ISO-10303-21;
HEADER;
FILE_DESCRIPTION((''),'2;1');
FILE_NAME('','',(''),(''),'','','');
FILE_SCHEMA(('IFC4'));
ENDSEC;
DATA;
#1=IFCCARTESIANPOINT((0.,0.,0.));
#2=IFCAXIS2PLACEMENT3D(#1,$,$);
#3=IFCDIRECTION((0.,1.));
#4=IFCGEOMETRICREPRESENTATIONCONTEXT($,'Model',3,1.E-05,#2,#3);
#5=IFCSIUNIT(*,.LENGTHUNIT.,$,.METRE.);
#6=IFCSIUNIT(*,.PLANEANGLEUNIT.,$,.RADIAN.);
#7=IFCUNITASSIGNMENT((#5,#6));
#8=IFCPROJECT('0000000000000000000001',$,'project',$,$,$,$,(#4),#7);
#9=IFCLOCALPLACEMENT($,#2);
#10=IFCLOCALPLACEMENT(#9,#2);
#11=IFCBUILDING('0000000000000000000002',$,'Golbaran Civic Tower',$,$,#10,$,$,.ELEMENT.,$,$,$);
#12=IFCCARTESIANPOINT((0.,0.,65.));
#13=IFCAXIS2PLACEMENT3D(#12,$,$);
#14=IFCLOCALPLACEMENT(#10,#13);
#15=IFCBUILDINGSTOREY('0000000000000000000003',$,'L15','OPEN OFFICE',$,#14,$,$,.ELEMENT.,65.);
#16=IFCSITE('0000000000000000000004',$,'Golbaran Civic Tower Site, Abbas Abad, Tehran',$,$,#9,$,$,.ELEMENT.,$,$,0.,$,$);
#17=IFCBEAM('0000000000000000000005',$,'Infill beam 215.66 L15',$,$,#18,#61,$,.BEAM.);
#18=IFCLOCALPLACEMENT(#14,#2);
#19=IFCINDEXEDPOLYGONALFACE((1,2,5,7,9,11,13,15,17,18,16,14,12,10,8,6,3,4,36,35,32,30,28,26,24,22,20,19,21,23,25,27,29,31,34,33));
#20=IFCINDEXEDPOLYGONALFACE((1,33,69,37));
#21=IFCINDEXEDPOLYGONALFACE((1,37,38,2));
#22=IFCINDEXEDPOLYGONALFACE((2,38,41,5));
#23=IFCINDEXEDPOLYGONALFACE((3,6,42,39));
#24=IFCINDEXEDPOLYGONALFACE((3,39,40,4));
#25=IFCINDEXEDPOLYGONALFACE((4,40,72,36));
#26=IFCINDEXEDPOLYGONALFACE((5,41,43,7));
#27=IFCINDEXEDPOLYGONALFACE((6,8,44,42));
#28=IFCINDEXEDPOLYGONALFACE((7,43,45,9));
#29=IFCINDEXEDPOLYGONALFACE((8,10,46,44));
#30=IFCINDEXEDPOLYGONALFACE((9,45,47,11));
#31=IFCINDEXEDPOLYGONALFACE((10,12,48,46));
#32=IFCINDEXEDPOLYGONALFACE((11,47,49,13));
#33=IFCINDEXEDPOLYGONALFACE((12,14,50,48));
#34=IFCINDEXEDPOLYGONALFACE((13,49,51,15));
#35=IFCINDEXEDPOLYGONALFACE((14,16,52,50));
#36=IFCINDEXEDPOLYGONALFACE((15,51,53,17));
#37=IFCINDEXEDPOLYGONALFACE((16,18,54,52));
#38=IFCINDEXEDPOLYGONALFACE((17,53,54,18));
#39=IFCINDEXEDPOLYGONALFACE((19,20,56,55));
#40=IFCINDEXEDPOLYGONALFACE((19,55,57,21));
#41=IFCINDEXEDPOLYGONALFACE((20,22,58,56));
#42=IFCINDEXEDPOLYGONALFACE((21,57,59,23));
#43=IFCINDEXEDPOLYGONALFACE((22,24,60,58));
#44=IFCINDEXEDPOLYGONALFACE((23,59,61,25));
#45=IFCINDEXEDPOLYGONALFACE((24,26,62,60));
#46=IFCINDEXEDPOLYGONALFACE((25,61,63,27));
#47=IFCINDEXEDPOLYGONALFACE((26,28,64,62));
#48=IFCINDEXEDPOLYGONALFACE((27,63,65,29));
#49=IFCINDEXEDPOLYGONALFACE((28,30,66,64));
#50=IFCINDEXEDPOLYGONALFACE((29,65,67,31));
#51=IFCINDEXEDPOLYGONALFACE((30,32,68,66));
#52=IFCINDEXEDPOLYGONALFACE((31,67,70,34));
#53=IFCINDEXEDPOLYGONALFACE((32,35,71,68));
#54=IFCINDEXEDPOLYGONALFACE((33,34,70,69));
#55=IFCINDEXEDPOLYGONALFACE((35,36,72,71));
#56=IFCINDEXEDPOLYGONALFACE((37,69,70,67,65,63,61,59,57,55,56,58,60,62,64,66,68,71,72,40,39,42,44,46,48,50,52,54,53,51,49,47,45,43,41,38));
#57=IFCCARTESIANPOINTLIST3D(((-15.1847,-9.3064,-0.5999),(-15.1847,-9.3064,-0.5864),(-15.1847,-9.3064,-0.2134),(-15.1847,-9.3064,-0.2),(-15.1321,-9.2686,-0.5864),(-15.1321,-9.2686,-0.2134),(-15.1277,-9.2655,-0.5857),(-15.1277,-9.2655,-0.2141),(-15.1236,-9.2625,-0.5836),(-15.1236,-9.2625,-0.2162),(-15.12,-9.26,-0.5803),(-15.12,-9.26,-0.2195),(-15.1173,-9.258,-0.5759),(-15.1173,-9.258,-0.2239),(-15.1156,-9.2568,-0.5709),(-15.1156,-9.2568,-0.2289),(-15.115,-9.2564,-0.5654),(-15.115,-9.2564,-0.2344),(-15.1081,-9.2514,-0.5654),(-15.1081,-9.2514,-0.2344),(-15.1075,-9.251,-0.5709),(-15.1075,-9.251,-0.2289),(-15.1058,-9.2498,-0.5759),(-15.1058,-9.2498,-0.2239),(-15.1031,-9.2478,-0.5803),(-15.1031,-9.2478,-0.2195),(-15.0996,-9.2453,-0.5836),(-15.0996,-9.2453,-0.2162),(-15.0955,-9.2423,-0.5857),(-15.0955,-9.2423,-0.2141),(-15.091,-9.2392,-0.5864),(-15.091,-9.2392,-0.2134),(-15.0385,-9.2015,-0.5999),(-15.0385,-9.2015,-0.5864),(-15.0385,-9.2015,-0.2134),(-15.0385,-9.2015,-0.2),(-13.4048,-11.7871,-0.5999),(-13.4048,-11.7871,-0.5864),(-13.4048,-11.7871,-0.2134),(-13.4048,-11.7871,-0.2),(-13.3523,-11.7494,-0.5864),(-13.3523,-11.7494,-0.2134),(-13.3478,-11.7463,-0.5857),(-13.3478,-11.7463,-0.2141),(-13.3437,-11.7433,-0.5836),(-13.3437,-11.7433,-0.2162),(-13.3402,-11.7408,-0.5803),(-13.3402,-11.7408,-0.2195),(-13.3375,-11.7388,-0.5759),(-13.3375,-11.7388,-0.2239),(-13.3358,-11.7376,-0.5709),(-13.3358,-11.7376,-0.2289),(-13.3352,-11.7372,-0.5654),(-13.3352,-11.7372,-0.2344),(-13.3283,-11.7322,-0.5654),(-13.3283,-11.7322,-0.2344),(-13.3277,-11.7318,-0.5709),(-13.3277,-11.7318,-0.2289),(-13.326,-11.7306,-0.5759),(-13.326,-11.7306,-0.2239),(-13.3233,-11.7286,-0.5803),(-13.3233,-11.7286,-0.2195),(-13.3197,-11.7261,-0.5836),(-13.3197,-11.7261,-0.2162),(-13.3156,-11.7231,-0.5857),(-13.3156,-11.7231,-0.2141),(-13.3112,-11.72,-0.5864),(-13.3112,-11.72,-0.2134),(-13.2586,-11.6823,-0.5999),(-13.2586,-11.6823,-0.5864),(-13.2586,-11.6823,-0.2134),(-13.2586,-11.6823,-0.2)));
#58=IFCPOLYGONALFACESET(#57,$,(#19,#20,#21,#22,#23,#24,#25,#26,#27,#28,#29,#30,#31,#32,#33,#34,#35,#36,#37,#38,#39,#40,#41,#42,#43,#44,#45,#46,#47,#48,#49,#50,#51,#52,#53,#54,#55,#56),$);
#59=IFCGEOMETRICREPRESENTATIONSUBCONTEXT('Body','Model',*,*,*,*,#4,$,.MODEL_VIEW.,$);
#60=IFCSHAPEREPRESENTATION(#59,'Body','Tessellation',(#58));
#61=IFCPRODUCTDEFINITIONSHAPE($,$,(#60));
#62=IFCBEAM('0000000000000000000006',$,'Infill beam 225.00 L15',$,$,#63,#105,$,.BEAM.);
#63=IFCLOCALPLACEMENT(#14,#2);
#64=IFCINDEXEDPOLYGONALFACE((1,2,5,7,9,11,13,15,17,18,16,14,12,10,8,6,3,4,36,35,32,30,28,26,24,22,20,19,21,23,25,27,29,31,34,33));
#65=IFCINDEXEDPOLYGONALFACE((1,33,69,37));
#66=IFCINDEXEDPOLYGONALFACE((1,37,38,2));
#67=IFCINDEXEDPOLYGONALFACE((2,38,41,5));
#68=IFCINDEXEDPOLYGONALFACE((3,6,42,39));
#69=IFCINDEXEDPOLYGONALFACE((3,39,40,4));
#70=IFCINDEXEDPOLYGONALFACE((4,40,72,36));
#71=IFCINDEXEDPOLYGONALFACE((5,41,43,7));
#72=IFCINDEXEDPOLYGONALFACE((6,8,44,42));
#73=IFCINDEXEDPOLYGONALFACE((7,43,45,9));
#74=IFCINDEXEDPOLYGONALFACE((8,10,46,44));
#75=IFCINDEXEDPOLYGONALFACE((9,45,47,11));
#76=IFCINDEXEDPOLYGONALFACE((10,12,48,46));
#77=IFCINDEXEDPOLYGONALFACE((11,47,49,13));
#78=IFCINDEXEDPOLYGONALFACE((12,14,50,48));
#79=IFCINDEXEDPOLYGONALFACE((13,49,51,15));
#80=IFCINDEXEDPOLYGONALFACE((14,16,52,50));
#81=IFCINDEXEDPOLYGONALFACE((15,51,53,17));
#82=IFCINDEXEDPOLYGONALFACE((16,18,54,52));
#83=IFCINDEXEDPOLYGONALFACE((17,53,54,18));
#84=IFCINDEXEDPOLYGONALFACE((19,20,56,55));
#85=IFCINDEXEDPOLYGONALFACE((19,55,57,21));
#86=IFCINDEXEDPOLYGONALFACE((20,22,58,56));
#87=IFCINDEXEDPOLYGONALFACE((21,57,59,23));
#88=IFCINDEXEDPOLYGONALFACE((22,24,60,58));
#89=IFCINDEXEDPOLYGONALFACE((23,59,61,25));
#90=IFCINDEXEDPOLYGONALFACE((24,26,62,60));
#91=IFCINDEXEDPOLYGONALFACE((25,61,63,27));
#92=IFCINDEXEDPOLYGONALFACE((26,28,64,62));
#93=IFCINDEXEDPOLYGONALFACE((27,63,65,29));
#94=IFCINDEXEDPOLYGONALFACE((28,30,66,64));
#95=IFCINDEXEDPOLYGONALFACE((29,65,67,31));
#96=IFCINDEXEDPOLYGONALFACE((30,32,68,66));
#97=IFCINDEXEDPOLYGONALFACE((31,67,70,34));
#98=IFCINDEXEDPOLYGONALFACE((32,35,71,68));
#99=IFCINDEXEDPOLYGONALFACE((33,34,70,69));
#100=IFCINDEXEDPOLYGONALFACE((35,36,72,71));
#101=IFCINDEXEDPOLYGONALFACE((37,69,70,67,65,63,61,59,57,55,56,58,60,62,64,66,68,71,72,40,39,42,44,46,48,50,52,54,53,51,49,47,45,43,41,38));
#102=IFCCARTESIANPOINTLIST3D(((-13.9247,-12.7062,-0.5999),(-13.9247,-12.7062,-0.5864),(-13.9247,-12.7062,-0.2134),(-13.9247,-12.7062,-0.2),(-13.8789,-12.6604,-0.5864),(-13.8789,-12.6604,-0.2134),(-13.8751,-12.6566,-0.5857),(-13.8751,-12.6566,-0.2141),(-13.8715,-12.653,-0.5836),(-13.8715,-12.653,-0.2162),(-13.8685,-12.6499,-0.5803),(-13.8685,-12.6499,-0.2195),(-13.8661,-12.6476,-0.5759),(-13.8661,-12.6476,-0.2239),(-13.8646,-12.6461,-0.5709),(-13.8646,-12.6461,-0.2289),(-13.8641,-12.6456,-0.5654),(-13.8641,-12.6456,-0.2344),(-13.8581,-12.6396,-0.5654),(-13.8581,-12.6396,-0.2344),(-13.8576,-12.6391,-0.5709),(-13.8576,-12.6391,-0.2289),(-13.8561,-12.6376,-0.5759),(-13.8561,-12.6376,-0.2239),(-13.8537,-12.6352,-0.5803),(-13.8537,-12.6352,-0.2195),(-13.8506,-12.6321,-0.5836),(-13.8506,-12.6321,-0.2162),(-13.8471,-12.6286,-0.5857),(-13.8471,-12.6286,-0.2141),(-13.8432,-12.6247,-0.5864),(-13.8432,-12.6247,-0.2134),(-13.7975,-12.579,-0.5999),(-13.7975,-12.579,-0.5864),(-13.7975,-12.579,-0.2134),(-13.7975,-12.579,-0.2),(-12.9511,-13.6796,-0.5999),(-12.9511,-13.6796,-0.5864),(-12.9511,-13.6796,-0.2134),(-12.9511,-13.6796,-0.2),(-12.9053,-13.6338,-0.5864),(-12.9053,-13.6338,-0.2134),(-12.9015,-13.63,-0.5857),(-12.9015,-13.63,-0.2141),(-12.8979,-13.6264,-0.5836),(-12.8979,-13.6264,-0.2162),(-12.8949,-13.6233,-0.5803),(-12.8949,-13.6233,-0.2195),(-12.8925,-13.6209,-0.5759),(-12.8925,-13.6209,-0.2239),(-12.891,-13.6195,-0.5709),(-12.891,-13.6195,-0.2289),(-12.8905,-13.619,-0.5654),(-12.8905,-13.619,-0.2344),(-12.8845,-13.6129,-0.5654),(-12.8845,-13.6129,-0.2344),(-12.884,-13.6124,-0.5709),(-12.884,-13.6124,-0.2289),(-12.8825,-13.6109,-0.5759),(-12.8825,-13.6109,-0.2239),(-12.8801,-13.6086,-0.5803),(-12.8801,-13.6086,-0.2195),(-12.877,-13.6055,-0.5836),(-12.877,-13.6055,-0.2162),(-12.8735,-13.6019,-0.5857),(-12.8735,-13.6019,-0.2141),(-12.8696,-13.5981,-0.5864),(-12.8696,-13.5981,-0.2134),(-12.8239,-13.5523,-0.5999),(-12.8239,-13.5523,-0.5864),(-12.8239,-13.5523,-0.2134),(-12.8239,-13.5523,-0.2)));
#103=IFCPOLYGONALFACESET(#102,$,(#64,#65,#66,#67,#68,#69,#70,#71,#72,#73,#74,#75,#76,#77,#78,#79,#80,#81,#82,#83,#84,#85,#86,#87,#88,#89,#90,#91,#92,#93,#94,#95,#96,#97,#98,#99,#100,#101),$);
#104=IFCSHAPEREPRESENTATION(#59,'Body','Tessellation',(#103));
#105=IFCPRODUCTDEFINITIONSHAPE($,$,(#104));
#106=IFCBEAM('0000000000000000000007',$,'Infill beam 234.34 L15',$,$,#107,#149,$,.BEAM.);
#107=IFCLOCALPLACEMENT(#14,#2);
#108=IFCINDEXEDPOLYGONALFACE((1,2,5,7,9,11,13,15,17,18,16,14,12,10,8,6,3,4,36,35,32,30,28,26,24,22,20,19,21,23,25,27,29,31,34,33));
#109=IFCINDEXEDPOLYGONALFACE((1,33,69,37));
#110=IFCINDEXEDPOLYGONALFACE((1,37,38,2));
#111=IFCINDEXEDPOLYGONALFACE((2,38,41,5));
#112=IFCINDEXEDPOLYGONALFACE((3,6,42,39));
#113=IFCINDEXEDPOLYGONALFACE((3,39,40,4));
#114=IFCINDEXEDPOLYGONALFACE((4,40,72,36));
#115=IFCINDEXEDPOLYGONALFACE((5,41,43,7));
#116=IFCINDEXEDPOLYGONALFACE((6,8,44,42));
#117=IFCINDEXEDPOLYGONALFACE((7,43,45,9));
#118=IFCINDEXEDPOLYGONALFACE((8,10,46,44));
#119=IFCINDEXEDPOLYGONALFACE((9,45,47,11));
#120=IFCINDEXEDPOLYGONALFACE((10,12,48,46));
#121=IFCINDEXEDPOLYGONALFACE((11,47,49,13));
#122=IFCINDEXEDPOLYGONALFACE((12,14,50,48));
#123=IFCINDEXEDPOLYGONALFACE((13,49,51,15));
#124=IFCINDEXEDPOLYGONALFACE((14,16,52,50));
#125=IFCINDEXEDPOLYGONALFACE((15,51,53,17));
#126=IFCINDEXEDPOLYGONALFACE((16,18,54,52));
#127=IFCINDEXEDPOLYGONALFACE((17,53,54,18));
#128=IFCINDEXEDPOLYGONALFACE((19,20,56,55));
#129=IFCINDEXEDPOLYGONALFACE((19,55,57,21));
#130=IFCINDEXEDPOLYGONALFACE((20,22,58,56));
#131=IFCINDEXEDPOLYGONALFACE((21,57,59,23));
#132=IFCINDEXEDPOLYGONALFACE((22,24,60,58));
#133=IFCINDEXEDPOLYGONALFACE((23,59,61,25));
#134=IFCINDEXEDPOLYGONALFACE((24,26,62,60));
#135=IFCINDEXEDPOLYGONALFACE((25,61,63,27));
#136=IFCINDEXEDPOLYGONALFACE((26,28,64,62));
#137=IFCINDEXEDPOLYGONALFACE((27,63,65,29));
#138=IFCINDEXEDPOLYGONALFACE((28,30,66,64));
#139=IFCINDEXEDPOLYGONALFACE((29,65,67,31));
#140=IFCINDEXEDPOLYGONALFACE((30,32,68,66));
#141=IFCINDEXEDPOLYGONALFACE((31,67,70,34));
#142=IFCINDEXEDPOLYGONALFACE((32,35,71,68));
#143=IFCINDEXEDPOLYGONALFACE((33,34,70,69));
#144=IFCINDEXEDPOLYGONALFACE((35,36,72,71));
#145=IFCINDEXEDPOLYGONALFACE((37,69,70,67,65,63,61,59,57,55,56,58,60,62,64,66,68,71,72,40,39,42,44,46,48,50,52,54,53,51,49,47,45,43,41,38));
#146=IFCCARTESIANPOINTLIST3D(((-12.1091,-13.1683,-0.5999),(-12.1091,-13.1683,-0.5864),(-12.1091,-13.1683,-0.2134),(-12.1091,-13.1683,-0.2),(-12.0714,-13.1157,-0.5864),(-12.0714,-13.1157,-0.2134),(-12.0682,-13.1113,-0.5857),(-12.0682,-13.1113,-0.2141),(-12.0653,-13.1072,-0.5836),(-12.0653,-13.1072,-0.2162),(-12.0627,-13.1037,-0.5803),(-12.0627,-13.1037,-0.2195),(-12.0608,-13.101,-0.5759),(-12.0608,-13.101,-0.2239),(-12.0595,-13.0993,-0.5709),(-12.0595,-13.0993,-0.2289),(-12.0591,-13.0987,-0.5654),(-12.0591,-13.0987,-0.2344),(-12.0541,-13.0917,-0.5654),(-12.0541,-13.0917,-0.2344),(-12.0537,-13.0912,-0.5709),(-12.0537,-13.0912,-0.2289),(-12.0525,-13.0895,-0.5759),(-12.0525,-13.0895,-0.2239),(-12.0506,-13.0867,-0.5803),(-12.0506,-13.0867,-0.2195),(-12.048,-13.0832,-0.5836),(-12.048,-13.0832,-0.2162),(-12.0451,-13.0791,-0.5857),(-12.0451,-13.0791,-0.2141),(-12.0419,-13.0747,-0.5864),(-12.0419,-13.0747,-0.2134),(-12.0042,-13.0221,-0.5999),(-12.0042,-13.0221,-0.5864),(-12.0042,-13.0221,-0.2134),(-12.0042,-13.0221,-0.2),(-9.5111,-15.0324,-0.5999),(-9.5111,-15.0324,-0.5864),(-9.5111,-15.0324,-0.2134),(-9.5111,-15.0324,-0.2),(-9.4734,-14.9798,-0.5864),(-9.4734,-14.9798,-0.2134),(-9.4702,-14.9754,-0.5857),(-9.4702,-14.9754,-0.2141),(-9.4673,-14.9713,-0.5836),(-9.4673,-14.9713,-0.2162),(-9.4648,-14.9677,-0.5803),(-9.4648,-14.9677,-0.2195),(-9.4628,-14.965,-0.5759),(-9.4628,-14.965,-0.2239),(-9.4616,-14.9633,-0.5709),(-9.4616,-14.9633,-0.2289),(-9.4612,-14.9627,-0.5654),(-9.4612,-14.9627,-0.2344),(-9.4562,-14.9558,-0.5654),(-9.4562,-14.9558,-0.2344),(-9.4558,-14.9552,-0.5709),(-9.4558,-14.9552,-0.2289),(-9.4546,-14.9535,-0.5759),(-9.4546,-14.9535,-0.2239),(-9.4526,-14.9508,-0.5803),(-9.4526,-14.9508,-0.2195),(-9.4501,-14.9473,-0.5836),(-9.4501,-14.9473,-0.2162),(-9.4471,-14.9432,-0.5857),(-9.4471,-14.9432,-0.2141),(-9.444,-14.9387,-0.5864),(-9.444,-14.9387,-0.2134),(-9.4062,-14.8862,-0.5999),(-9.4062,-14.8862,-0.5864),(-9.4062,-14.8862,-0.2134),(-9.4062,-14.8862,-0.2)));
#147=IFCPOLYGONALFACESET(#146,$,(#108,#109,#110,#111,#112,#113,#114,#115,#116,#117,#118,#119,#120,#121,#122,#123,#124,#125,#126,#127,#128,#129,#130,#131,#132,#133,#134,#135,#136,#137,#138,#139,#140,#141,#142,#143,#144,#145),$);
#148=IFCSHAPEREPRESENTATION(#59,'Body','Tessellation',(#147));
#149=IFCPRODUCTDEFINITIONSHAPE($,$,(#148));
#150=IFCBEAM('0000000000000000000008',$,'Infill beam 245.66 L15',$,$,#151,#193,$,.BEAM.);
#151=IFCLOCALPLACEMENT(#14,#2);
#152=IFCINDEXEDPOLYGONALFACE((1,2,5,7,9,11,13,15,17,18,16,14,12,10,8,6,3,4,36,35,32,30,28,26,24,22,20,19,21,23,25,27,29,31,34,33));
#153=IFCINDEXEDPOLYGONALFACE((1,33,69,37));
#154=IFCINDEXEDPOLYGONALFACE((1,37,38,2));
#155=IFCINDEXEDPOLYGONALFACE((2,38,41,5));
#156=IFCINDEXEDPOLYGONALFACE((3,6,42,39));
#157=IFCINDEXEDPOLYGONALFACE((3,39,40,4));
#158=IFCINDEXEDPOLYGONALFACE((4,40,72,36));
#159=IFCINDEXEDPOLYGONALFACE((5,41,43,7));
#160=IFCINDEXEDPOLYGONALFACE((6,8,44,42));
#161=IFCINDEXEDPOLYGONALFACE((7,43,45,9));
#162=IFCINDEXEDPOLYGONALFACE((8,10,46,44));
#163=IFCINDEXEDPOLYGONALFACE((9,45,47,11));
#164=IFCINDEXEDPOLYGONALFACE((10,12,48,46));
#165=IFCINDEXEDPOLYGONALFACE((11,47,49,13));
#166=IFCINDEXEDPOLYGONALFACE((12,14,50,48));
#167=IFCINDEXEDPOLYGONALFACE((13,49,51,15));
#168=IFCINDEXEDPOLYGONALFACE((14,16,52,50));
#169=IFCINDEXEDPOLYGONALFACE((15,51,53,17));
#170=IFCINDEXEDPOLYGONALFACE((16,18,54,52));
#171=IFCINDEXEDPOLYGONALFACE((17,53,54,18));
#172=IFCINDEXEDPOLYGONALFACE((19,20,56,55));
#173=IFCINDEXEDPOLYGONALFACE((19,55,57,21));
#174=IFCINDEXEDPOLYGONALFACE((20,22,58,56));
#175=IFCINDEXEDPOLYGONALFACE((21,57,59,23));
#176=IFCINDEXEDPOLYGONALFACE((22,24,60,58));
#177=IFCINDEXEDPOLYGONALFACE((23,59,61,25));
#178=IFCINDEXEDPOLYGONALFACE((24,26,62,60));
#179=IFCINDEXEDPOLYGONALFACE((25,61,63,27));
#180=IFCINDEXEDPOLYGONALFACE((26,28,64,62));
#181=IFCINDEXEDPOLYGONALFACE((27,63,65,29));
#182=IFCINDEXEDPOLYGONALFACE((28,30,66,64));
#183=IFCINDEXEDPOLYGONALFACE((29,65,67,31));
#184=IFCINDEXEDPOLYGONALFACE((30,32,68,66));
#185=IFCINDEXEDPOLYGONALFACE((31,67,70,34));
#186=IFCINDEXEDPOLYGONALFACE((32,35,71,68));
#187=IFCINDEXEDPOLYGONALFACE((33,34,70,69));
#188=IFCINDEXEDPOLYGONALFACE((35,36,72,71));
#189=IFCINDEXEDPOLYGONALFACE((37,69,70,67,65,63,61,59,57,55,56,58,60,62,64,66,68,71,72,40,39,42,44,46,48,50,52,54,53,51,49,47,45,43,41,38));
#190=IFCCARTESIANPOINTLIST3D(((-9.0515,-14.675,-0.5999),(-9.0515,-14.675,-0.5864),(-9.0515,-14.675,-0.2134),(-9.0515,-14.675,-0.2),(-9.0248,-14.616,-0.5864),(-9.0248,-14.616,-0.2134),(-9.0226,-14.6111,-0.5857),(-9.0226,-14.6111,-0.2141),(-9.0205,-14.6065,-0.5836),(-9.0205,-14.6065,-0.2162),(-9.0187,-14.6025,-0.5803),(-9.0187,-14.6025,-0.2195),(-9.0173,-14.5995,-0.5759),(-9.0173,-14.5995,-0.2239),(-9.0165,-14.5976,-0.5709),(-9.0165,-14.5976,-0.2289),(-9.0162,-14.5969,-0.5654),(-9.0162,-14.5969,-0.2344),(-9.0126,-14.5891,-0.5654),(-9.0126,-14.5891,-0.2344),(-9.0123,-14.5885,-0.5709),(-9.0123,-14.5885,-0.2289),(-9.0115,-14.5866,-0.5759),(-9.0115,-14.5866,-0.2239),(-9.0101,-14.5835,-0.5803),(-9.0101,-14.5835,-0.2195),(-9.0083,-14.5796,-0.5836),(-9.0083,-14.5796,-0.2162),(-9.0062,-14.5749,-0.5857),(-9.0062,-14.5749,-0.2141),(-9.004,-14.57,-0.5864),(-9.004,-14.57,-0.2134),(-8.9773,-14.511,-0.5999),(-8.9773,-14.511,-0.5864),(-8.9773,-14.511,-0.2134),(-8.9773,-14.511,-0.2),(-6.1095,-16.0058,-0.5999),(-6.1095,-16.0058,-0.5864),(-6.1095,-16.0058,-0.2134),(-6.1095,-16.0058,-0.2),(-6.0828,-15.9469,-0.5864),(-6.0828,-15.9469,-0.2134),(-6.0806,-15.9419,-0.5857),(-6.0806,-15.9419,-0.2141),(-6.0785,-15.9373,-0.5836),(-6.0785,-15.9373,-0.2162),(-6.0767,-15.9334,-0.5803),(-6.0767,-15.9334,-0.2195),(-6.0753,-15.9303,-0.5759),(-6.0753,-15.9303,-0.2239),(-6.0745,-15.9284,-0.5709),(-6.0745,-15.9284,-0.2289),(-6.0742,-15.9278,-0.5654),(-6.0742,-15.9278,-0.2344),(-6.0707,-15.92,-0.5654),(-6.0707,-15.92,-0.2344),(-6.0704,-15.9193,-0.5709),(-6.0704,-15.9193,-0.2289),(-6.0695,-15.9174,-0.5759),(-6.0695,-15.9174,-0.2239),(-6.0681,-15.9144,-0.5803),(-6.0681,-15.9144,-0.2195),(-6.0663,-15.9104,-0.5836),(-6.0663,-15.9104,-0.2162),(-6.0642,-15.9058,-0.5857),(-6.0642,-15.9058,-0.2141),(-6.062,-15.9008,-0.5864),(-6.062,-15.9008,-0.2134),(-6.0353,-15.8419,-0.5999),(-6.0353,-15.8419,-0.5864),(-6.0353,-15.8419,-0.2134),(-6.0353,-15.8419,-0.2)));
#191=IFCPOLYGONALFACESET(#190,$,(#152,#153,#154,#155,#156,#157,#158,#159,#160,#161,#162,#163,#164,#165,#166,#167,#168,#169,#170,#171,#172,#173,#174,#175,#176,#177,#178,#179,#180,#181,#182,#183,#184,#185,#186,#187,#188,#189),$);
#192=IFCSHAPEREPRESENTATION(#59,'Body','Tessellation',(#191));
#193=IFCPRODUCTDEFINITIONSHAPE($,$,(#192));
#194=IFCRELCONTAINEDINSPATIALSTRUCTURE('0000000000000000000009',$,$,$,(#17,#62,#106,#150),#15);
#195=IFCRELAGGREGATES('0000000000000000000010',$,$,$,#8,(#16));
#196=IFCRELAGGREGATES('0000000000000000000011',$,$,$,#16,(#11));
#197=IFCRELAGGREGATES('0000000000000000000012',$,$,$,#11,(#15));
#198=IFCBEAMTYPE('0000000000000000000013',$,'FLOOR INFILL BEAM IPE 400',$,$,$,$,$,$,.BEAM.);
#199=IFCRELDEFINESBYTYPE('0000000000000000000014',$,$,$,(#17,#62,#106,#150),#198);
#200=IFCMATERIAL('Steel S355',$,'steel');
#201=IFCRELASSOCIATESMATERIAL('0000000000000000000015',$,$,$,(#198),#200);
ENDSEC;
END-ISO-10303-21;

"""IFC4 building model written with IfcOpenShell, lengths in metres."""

from ifc_helpers import new_model, si_unit, direction, frame, origin, origin_2d, place, context, subcontext, project, spatial, i_section, extrude, material, material_profile, profile_set, type_object, element, save


model = new_model("IFC4")

# Units and contexts
model_context = context("Model", 3, precision=1e-05, world=origin(), true_north=direction((0.0, 1.0)))
body_context = subcontext(model_context, "Body", "Model", "MODEL_VIEW")
ifc_project = project(units=[si_unit("LENGTHUNIT", "METRE"), si_unit("PLANEANGLEUNIT", "RADIAN")], contexts=[model_context])

# Site, building, storey
site_placement = place(None, origin())
site = spatial("IfcSite", under=ifc_project, at=site_placement, Name="Golbaran Civic Tower Site, Abbas Abad, Tehran", CompositionType="ELEMENT", RefElevation=0.0)
building_placement = place(site_placement, origin())
building = spatial("IfcBuilding", under=site, at=building_placement, Name="Golbaran Civic Tower", CompositionType="ELEMENT")
storey_placement = place(building_placement, frame((0.0, 0.0, 65.0)))
storey = spatial("IfcBuildingStorey", under=building, at=storey_placement, Name="L15", Description="OPEN OFFICE", CompositionType="ELEMENT", Elevation=65.0)

# Beams
ifc_material_1 = material(Name="Steel S355", Category="steel")
ifc_material_profile_1 = material_profile(ifc_material_1, i_section(OverallWidth=0.1799, OverallDepth=0.3999, WebThickness=0.0085, FlangeThickness=0.0134, FilletRadius=0.021, at=origin_2d()), Name="IPE 400")
ifc_profile_set_1 = profile_set([ifc_material_profile_1], Name="Steel S355")
beam_type_1 = type_object("IfcBeamType", Name="FLOOR INFILL BEAM IPE 400", PredefinedType="BEAM", material=ifc_profile_set_1)
beam_1_placement = place(storey_placement, frame((-15.1116, -9.2539, -0.3999), z_axis=(0.582939, -0.812516, 0.0), x_axis=(0.812516, 0.582939, 0.0)))
element("IfcBeam", 1, at=beam_1_placement, inside=storey, type_object=beam_type_1, Name="Infill beam 215.66 L15", PredefinedType="BEAM", context=body_context, shape_type="SweptSolid", body=[
    extrude(i_section(OverallWidth=0.1799, OverallDepth=0.3999, WebThickness=0.0085, FlangeThickness=0.0134, FilletRadius=0.021, at=origin_2d()), origin(), (0.0, 0.0, 1.0), 3.0532),
])
beam_2_placement = place(storey_placement, frame((-13.8611, -12.6426, -0.3999), z_axis=(0.707195, -0.707018, 0.0), x_axis=(0.707018, 0.707195, 0.0)))
element("IfcBeam", 2, at=beam_2_placement, inside=storey, type_object=beam_type_1, Name="Infill beam 225.00 L15", PredefinedType="BEAM", context=body_context, shape_type="SweptSolid", body=[
    extrude(i_section(OverallWidth=0.1799, OverallDepth=0.3999, WebThickness=0.0085, FlangeThickness=0.0134, FilletRadius=0.021, at=origin_2d()), origin(), (0.0, 0.0, 1.0), 1.3767),
])
beam_3_placement = place(storey_placement, frame((-12.0566, -13.0952, -0.3999), z_axis=(0.812493, -0.58297, 0.0), x_axis=(0.58297, 0.812493, 0.0)))
element("IfcBeam", 3, at=beam_3_placement, inside=storey, type_object=beam_type_1, Name="Infill beam 234.34 L15", PredefinedType="BEAM", context=body_context, shape_type="SweptSolid", body=[
    extrude(i_section(OverallWidth=0.1799, OverallDepth=0.3999, WebThickness=0.0085, FlangeThickness=0.0134, FilletRadius=0.021, at=origin_2d()), origin(), (0.0, 0.0, 1.0), 3.1975),
])
beam_4_placement = place(storey_placement, frame((-9.0144, -14.593, -0.3999), z_axis=(0.911113, -0.412156, 0.0), x_axis=(0.412156, 0.911113, 0.0)))
element("IfcBeam", 4, at=beam_4_placement, inside=storey, type_object=beam_type_1, Name="Infill beam 245.66 L15", PredefinedType="BEAM", context=body_context, shape_type="SweptSolid", body=[
    extrude(i_section(OverallWidth=0.1799, OverallDepth=0.3999, WebThickness=0.0085, FlangeThickness=0.0134, FilletRadius=0.021, at=origin_2d()), origin(), (0.0, 0.0, 1.0), 3.229),
])

save(model, "model.ifc")
